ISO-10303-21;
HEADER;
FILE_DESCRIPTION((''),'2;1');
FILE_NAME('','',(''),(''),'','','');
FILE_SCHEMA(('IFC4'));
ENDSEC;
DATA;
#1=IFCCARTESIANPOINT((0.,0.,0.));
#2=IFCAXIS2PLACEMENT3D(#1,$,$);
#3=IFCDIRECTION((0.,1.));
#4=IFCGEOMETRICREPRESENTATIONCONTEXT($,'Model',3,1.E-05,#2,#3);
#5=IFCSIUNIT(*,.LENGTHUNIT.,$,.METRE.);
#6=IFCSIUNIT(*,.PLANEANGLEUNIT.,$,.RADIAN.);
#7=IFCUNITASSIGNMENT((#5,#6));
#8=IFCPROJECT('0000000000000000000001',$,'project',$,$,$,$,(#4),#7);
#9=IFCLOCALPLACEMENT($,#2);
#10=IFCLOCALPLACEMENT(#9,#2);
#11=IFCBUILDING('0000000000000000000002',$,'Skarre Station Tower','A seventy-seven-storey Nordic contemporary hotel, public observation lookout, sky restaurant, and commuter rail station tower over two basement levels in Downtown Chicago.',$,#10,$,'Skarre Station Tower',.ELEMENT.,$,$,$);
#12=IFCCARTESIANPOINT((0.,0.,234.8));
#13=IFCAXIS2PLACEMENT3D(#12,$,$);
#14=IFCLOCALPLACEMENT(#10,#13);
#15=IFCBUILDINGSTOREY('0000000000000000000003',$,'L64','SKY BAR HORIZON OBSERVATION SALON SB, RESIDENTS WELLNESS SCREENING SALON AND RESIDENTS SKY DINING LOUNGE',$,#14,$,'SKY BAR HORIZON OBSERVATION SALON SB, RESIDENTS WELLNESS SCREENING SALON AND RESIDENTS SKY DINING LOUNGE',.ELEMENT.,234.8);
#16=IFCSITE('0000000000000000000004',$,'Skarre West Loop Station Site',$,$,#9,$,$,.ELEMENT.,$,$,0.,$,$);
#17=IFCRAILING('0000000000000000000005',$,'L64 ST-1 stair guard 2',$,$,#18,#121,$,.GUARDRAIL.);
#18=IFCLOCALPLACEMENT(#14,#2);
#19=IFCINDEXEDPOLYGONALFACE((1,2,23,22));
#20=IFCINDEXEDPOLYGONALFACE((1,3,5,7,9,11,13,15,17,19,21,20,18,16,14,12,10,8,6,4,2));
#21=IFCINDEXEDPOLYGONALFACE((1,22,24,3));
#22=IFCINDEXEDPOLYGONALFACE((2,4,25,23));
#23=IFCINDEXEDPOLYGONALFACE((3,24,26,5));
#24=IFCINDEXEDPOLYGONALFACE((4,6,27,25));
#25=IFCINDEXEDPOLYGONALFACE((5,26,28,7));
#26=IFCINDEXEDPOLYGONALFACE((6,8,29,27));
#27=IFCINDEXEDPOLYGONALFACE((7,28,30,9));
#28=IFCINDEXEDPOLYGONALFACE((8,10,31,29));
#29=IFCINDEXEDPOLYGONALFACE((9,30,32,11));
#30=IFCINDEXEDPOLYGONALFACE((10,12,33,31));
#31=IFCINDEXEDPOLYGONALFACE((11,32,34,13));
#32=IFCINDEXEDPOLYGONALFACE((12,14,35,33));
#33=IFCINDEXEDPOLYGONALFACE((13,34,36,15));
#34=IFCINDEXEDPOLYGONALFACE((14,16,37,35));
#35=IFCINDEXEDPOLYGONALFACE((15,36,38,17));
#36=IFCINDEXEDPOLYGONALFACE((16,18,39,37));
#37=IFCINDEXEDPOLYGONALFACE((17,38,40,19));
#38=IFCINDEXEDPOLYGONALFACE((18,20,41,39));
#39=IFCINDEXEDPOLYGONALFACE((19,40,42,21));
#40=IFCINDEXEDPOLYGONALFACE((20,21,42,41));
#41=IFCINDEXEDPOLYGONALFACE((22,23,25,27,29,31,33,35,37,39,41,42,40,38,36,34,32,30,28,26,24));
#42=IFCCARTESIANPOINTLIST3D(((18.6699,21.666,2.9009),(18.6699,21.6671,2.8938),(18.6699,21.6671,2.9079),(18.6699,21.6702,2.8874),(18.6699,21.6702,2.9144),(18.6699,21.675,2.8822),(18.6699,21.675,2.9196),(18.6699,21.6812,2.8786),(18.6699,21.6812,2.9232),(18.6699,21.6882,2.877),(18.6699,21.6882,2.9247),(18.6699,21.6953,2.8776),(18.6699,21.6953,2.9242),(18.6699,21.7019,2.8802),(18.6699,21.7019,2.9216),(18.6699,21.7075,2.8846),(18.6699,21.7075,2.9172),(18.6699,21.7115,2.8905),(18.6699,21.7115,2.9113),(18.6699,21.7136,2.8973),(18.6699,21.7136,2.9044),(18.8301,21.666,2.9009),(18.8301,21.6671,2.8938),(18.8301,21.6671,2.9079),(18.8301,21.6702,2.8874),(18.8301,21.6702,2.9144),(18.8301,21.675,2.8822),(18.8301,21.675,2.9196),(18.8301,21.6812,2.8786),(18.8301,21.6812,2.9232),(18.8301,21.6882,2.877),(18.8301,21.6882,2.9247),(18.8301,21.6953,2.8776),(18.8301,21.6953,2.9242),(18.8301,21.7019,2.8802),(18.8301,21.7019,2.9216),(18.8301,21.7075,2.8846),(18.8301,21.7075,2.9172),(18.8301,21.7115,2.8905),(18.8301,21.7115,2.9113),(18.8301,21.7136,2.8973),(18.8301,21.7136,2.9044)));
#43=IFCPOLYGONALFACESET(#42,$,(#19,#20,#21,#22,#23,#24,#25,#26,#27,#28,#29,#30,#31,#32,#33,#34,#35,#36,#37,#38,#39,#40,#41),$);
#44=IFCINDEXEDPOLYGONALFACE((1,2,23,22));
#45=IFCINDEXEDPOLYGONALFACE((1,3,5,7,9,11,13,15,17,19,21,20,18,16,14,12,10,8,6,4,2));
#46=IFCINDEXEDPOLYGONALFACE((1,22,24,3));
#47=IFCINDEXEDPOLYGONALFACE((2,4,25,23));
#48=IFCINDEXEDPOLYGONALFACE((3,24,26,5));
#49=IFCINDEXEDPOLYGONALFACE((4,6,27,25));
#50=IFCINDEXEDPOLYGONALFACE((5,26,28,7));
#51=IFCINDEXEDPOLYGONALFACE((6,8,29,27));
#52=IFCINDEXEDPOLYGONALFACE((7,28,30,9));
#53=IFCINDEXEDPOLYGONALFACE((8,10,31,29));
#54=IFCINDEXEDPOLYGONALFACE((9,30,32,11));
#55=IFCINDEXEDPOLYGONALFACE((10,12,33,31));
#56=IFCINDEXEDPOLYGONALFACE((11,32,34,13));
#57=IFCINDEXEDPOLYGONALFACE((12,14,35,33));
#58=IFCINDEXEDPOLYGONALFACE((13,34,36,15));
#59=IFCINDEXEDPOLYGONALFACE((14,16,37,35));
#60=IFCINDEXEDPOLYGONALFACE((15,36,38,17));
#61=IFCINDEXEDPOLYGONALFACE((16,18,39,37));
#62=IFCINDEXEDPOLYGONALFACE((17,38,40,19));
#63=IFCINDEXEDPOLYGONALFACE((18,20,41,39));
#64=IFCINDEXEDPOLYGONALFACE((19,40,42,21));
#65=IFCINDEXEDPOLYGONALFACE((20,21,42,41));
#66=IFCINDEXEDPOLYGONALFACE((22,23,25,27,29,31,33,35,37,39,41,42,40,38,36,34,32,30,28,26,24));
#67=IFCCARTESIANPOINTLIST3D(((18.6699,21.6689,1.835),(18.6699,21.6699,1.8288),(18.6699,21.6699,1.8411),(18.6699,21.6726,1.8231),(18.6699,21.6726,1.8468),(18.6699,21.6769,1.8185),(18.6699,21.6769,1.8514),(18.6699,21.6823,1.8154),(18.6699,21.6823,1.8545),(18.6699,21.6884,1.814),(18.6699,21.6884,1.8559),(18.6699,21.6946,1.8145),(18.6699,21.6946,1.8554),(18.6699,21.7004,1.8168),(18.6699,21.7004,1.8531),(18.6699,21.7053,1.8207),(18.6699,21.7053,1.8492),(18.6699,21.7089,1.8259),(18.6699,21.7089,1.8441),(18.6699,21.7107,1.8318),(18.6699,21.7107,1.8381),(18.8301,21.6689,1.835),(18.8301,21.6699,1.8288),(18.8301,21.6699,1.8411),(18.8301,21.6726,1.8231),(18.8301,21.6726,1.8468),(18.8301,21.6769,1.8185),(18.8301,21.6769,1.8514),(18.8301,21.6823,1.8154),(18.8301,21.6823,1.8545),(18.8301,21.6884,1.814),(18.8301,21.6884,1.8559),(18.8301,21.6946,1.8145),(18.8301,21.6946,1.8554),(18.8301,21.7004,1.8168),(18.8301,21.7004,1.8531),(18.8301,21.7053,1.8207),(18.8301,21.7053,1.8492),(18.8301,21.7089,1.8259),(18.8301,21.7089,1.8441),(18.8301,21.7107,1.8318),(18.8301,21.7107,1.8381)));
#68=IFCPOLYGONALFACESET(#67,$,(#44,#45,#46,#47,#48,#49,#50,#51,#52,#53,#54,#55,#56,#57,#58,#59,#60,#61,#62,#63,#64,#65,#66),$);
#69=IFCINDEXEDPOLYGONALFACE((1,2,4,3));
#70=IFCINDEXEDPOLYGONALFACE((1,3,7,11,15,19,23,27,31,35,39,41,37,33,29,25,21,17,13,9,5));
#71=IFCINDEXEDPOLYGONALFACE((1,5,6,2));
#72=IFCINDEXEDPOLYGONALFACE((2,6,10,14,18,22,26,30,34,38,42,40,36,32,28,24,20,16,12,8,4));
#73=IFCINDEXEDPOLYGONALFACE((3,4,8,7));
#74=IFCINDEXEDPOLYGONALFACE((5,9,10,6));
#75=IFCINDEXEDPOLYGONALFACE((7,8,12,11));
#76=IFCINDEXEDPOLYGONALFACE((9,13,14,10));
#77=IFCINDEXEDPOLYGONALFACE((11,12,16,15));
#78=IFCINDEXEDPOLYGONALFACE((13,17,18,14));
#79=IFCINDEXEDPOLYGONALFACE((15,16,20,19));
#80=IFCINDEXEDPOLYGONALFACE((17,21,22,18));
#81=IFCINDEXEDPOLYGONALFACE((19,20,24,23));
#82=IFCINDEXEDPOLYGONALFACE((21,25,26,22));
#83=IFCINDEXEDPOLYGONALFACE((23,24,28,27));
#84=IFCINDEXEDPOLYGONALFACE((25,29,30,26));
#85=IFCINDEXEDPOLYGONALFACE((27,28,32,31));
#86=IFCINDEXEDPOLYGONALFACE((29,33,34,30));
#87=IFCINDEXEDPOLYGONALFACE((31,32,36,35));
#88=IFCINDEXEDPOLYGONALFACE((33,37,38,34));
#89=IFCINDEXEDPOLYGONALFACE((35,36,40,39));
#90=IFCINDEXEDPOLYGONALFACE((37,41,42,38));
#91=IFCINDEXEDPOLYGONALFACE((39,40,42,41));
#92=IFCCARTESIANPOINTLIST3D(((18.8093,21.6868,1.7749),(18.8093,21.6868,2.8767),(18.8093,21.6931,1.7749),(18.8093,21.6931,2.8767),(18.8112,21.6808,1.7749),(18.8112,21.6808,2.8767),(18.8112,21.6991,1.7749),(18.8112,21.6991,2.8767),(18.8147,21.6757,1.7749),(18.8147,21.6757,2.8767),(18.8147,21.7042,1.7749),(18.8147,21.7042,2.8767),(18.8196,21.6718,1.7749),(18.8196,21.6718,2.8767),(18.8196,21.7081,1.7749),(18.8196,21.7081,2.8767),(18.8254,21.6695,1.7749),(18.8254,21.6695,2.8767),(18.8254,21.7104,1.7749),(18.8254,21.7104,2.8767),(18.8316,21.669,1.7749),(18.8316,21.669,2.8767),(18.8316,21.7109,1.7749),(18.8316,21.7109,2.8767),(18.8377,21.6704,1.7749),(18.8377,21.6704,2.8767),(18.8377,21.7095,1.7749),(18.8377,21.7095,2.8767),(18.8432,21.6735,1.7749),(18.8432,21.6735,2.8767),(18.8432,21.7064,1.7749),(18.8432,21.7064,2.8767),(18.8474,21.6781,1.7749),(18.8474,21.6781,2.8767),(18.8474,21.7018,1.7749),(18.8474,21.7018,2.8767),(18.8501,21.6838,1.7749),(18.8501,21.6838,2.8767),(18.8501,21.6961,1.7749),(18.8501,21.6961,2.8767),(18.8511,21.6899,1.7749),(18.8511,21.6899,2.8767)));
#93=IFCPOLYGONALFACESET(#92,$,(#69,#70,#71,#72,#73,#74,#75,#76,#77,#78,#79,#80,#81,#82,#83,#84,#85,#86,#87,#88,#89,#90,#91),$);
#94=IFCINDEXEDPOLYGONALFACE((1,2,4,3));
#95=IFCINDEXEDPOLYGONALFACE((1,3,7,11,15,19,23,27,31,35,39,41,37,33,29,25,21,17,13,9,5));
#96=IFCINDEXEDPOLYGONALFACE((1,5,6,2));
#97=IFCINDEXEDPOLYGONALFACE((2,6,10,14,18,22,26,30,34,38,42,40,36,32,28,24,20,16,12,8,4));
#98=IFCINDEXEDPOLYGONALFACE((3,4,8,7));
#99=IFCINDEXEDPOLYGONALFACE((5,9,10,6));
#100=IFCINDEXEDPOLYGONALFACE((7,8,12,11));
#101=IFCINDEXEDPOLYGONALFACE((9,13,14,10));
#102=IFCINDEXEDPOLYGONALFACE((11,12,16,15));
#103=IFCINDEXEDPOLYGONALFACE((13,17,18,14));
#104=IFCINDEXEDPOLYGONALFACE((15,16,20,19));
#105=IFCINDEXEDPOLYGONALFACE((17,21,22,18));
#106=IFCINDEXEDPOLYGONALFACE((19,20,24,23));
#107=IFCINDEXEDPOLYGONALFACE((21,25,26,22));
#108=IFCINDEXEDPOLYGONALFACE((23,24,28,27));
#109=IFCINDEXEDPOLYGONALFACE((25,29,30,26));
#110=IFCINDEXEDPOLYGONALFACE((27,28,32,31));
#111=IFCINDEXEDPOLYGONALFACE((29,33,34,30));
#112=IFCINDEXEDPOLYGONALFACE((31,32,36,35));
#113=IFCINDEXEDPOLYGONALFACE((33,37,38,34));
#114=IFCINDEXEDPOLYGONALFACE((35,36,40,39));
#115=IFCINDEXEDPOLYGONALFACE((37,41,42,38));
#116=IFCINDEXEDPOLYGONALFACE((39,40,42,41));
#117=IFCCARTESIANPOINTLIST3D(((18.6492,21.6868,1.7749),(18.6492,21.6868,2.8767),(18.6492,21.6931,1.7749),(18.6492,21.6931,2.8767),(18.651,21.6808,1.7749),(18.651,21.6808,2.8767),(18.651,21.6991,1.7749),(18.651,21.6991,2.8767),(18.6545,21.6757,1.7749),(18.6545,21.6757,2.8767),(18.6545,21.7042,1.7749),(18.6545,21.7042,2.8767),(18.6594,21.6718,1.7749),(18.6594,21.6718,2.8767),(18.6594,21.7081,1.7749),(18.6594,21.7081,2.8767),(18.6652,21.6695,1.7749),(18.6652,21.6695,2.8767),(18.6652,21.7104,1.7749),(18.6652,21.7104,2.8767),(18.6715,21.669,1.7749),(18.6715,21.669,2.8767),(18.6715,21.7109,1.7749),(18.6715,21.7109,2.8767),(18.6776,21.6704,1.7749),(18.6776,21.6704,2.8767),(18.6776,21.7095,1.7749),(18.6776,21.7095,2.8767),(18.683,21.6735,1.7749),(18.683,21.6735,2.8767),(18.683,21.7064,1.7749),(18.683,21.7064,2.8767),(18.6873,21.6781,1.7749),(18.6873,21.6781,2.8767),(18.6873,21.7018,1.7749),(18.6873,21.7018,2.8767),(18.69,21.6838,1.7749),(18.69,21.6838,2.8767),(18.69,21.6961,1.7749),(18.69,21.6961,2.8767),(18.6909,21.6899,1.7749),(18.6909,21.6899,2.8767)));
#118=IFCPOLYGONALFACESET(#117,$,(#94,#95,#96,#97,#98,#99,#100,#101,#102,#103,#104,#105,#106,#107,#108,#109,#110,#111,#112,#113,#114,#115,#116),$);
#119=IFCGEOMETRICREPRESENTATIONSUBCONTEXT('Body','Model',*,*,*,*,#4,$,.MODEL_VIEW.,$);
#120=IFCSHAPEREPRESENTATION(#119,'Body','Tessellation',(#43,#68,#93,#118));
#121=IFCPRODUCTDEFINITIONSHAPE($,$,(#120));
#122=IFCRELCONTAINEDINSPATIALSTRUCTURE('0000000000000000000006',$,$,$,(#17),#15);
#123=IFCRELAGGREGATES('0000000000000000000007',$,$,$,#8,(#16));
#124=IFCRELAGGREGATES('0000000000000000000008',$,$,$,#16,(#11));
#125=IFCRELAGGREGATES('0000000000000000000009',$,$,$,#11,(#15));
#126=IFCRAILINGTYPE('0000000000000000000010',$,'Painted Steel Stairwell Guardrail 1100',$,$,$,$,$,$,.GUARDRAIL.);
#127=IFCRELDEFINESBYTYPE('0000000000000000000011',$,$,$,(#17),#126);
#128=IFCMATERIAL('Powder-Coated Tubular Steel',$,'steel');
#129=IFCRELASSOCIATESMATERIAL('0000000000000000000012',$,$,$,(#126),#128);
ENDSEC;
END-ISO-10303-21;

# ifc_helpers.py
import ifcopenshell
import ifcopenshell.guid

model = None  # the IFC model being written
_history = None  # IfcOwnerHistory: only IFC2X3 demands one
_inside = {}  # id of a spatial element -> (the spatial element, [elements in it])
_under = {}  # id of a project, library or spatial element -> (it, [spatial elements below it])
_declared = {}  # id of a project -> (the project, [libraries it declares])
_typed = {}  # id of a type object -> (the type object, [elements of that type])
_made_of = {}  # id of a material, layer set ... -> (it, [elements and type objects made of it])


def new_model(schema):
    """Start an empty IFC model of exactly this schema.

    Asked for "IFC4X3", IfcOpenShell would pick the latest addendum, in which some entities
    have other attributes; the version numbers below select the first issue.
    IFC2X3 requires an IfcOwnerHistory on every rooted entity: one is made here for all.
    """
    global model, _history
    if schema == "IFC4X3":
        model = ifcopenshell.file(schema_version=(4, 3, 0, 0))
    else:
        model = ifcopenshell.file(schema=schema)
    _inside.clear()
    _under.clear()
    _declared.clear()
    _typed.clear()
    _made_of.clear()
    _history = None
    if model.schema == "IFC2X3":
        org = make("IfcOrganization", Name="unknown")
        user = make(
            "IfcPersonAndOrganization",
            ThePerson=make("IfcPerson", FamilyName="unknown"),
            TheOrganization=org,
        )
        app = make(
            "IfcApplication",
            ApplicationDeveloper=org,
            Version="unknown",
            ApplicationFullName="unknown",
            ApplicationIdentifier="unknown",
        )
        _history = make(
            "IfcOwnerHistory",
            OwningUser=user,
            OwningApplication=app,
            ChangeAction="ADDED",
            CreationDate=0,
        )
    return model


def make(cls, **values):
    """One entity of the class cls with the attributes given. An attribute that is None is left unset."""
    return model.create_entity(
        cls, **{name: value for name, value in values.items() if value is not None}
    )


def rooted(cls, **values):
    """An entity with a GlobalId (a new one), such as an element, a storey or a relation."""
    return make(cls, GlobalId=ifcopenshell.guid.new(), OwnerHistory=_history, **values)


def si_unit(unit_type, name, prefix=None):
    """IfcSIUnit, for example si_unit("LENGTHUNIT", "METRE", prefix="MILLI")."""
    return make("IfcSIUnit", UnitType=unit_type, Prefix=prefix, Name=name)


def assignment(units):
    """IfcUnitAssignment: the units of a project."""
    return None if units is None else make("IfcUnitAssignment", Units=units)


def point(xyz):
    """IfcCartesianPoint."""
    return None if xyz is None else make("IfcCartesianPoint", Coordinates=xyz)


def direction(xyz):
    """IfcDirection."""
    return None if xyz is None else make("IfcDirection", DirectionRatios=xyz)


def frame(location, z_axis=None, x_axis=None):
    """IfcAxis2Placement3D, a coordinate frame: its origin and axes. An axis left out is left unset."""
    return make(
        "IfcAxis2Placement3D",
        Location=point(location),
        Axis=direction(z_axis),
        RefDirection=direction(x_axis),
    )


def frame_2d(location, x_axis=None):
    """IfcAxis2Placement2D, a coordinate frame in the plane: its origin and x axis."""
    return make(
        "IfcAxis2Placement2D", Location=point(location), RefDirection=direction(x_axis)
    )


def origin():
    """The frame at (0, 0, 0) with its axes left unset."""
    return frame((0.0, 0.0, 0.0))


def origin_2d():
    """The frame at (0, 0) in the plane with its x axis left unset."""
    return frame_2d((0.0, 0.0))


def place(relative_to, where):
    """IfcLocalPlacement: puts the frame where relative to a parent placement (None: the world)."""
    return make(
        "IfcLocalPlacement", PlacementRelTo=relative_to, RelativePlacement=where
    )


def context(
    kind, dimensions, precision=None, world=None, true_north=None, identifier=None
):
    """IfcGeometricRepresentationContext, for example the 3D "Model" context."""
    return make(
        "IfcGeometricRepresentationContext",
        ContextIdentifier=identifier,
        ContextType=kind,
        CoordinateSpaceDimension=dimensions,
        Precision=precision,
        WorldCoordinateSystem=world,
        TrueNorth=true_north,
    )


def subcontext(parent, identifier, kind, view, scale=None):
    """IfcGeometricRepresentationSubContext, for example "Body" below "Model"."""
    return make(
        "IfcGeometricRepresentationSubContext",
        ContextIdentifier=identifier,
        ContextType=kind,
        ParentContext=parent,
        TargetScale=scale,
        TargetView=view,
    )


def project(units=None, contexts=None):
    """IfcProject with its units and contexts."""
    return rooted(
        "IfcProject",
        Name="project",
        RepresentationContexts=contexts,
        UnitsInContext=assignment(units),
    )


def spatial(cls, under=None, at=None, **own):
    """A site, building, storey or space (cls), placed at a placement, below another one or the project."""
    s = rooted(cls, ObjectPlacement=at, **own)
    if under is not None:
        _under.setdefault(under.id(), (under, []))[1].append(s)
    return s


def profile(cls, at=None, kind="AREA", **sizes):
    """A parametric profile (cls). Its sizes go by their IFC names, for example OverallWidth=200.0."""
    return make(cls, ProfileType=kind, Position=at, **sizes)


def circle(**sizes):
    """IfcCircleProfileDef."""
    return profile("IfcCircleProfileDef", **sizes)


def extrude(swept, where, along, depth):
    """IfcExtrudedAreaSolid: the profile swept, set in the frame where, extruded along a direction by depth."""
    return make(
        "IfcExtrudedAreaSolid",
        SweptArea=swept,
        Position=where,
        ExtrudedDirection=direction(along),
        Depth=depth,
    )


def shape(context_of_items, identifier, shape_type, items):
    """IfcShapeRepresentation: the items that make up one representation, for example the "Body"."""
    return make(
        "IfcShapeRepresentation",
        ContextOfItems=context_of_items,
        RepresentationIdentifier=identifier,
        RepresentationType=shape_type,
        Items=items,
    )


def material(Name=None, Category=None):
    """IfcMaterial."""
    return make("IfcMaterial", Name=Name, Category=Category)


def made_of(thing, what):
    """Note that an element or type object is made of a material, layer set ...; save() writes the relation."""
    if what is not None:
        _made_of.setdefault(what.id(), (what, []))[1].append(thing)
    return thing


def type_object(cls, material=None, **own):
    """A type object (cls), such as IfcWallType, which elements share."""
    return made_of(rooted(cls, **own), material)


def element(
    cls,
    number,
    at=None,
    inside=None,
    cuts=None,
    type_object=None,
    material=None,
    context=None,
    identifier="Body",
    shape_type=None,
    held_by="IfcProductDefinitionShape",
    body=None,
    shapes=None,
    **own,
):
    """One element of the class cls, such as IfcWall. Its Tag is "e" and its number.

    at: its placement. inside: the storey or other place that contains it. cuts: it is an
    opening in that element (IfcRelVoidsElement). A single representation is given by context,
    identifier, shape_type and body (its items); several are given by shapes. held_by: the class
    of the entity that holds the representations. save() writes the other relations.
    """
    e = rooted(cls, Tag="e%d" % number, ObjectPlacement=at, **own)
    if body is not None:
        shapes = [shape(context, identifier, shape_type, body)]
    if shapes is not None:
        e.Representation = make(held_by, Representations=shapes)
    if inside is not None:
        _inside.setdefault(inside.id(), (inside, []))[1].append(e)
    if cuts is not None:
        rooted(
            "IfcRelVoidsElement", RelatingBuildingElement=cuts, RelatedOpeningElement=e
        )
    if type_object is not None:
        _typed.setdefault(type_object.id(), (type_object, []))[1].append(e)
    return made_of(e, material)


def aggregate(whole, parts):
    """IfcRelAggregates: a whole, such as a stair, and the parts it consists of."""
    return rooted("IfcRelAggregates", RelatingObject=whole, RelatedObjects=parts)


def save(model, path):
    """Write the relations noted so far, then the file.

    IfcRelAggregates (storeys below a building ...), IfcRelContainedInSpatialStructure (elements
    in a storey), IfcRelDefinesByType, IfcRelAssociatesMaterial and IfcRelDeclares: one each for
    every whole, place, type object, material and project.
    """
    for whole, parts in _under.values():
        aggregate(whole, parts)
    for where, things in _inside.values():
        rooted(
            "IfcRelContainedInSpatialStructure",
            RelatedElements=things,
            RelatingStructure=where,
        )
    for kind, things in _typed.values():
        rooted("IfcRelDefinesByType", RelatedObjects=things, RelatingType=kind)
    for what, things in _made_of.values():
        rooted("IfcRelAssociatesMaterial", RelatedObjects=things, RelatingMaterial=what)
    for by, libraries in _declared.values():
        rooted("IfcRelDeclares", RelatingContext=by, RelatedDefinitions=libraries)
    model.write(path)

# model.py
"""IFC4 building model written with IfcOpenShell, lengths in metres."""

from ifc_helpers import new_model, si_unit, direction, frame, origin, origin_2d, place, context, subcontext, project, spatial, circle, extrude, material, type_object, element, save


model = new_model("IFC4")

# Units and contexts
model_context = context("Model", 3, precision=1e-05, world=origin(), true_north=direction((0.0, 1.0)))
body_context = subcontext(model_context, "Body", "Model", "MODEL_VIEW")
ifc_project = project(units=[si_unit("LENGTHUNIT", "METRE"), si_unit("PLANEANGLEUNIT", "RADIAN")], contexts=[model_context])

# Site, building, storey
site_placement = place(None, origin())
site = spatial("IfcSite", under=ifc_project, at=site_placement, Name="Skarre West Loop Station Site", CompositionType="ELEMENT", RefElevation=0.0)
building_placement = place(site_placement, origin())
building = spatial("IfcBuilding", under=site, at=building_placement, Name="Skarre Station Tower", Description="A seventy-seven-storey Nordic contemporary hotel, public observation lookout, sky restaurant, and commuter rail station tower over two basement levels in Downtown Chicago.", LongName="Skarre Station Tower", CompositionType="ELEMENT")
storey_placement = place(building_placement, frame((0.0, 0.0, 234.8)))
storey = spatial("IfcBuildingStorey", under=building, at=storey_placement, Name="L64", Description="SKY BAR HORIZON OBSERVATION SALON SB, RESIDENTS WELLNESS SCREENING SALON AND RESIDENTS SKY DINING LOUNGE", LongName="SKY BAR HORIZON OBSERVATION SALON SB, RESIDENTS WELLNESS SCREENING SALON AND RESIDENTS SKY DINING LOUNGE", CompositionType="ELEMENT", Elevation=234.8)

# Railing
ifc_material_1 = material(Name="Powder-Coated Tubular Steel", Category="steel")
railing_type_1 = type_object("IfcRailingType", Name="Painted Steel Stairwell Guardrail 1100", PredefinedType="GUARDRAIL", material=ifc_material_1)
railing_1_placement = place(storey_placement, frame((18.8301, 21.6899, 1.7749)))
element("IfcRailing", 1, at=railing_1_placement, inside=storey, type_object=railing_type_1, Name="L64 ST-1 stair guard 2", PredefinedType="GUARDRAIL", context=body_context, shape_type="SweptSolid", body=[
    extrude(circle(Radius=0.0239, at=origin_2d()), frame((0.0, 0.0, 1.126), z_axis=(-1.0, 0.0, 0.0), x_axis=(0.0, -1.0, 0.0)), (0.0, 0.0, 1.0), 0.1602),
    extrude(circle(Radius=0.021, at=origin_2d()), frame((0.0, 0.0, 0.0601), z_axis=(-1.0, 0.0, 0.0), x_axis=(0.0, -1.0, 0.0)), (0.0, 0.0, 1.0), 0.1602),
    extrude(circle(Radius=0.021, at=origin_2d()), origin(), (0.0, 0.0, 1.0), 1.1018),
    extrude(circle(Radius=0.021, at=origin_2d()), frame((-0.1602, 0.0, 0.0)), (0.0, 0.0, 1.0), 1.1018),
])

save(model, "model.ifc")
